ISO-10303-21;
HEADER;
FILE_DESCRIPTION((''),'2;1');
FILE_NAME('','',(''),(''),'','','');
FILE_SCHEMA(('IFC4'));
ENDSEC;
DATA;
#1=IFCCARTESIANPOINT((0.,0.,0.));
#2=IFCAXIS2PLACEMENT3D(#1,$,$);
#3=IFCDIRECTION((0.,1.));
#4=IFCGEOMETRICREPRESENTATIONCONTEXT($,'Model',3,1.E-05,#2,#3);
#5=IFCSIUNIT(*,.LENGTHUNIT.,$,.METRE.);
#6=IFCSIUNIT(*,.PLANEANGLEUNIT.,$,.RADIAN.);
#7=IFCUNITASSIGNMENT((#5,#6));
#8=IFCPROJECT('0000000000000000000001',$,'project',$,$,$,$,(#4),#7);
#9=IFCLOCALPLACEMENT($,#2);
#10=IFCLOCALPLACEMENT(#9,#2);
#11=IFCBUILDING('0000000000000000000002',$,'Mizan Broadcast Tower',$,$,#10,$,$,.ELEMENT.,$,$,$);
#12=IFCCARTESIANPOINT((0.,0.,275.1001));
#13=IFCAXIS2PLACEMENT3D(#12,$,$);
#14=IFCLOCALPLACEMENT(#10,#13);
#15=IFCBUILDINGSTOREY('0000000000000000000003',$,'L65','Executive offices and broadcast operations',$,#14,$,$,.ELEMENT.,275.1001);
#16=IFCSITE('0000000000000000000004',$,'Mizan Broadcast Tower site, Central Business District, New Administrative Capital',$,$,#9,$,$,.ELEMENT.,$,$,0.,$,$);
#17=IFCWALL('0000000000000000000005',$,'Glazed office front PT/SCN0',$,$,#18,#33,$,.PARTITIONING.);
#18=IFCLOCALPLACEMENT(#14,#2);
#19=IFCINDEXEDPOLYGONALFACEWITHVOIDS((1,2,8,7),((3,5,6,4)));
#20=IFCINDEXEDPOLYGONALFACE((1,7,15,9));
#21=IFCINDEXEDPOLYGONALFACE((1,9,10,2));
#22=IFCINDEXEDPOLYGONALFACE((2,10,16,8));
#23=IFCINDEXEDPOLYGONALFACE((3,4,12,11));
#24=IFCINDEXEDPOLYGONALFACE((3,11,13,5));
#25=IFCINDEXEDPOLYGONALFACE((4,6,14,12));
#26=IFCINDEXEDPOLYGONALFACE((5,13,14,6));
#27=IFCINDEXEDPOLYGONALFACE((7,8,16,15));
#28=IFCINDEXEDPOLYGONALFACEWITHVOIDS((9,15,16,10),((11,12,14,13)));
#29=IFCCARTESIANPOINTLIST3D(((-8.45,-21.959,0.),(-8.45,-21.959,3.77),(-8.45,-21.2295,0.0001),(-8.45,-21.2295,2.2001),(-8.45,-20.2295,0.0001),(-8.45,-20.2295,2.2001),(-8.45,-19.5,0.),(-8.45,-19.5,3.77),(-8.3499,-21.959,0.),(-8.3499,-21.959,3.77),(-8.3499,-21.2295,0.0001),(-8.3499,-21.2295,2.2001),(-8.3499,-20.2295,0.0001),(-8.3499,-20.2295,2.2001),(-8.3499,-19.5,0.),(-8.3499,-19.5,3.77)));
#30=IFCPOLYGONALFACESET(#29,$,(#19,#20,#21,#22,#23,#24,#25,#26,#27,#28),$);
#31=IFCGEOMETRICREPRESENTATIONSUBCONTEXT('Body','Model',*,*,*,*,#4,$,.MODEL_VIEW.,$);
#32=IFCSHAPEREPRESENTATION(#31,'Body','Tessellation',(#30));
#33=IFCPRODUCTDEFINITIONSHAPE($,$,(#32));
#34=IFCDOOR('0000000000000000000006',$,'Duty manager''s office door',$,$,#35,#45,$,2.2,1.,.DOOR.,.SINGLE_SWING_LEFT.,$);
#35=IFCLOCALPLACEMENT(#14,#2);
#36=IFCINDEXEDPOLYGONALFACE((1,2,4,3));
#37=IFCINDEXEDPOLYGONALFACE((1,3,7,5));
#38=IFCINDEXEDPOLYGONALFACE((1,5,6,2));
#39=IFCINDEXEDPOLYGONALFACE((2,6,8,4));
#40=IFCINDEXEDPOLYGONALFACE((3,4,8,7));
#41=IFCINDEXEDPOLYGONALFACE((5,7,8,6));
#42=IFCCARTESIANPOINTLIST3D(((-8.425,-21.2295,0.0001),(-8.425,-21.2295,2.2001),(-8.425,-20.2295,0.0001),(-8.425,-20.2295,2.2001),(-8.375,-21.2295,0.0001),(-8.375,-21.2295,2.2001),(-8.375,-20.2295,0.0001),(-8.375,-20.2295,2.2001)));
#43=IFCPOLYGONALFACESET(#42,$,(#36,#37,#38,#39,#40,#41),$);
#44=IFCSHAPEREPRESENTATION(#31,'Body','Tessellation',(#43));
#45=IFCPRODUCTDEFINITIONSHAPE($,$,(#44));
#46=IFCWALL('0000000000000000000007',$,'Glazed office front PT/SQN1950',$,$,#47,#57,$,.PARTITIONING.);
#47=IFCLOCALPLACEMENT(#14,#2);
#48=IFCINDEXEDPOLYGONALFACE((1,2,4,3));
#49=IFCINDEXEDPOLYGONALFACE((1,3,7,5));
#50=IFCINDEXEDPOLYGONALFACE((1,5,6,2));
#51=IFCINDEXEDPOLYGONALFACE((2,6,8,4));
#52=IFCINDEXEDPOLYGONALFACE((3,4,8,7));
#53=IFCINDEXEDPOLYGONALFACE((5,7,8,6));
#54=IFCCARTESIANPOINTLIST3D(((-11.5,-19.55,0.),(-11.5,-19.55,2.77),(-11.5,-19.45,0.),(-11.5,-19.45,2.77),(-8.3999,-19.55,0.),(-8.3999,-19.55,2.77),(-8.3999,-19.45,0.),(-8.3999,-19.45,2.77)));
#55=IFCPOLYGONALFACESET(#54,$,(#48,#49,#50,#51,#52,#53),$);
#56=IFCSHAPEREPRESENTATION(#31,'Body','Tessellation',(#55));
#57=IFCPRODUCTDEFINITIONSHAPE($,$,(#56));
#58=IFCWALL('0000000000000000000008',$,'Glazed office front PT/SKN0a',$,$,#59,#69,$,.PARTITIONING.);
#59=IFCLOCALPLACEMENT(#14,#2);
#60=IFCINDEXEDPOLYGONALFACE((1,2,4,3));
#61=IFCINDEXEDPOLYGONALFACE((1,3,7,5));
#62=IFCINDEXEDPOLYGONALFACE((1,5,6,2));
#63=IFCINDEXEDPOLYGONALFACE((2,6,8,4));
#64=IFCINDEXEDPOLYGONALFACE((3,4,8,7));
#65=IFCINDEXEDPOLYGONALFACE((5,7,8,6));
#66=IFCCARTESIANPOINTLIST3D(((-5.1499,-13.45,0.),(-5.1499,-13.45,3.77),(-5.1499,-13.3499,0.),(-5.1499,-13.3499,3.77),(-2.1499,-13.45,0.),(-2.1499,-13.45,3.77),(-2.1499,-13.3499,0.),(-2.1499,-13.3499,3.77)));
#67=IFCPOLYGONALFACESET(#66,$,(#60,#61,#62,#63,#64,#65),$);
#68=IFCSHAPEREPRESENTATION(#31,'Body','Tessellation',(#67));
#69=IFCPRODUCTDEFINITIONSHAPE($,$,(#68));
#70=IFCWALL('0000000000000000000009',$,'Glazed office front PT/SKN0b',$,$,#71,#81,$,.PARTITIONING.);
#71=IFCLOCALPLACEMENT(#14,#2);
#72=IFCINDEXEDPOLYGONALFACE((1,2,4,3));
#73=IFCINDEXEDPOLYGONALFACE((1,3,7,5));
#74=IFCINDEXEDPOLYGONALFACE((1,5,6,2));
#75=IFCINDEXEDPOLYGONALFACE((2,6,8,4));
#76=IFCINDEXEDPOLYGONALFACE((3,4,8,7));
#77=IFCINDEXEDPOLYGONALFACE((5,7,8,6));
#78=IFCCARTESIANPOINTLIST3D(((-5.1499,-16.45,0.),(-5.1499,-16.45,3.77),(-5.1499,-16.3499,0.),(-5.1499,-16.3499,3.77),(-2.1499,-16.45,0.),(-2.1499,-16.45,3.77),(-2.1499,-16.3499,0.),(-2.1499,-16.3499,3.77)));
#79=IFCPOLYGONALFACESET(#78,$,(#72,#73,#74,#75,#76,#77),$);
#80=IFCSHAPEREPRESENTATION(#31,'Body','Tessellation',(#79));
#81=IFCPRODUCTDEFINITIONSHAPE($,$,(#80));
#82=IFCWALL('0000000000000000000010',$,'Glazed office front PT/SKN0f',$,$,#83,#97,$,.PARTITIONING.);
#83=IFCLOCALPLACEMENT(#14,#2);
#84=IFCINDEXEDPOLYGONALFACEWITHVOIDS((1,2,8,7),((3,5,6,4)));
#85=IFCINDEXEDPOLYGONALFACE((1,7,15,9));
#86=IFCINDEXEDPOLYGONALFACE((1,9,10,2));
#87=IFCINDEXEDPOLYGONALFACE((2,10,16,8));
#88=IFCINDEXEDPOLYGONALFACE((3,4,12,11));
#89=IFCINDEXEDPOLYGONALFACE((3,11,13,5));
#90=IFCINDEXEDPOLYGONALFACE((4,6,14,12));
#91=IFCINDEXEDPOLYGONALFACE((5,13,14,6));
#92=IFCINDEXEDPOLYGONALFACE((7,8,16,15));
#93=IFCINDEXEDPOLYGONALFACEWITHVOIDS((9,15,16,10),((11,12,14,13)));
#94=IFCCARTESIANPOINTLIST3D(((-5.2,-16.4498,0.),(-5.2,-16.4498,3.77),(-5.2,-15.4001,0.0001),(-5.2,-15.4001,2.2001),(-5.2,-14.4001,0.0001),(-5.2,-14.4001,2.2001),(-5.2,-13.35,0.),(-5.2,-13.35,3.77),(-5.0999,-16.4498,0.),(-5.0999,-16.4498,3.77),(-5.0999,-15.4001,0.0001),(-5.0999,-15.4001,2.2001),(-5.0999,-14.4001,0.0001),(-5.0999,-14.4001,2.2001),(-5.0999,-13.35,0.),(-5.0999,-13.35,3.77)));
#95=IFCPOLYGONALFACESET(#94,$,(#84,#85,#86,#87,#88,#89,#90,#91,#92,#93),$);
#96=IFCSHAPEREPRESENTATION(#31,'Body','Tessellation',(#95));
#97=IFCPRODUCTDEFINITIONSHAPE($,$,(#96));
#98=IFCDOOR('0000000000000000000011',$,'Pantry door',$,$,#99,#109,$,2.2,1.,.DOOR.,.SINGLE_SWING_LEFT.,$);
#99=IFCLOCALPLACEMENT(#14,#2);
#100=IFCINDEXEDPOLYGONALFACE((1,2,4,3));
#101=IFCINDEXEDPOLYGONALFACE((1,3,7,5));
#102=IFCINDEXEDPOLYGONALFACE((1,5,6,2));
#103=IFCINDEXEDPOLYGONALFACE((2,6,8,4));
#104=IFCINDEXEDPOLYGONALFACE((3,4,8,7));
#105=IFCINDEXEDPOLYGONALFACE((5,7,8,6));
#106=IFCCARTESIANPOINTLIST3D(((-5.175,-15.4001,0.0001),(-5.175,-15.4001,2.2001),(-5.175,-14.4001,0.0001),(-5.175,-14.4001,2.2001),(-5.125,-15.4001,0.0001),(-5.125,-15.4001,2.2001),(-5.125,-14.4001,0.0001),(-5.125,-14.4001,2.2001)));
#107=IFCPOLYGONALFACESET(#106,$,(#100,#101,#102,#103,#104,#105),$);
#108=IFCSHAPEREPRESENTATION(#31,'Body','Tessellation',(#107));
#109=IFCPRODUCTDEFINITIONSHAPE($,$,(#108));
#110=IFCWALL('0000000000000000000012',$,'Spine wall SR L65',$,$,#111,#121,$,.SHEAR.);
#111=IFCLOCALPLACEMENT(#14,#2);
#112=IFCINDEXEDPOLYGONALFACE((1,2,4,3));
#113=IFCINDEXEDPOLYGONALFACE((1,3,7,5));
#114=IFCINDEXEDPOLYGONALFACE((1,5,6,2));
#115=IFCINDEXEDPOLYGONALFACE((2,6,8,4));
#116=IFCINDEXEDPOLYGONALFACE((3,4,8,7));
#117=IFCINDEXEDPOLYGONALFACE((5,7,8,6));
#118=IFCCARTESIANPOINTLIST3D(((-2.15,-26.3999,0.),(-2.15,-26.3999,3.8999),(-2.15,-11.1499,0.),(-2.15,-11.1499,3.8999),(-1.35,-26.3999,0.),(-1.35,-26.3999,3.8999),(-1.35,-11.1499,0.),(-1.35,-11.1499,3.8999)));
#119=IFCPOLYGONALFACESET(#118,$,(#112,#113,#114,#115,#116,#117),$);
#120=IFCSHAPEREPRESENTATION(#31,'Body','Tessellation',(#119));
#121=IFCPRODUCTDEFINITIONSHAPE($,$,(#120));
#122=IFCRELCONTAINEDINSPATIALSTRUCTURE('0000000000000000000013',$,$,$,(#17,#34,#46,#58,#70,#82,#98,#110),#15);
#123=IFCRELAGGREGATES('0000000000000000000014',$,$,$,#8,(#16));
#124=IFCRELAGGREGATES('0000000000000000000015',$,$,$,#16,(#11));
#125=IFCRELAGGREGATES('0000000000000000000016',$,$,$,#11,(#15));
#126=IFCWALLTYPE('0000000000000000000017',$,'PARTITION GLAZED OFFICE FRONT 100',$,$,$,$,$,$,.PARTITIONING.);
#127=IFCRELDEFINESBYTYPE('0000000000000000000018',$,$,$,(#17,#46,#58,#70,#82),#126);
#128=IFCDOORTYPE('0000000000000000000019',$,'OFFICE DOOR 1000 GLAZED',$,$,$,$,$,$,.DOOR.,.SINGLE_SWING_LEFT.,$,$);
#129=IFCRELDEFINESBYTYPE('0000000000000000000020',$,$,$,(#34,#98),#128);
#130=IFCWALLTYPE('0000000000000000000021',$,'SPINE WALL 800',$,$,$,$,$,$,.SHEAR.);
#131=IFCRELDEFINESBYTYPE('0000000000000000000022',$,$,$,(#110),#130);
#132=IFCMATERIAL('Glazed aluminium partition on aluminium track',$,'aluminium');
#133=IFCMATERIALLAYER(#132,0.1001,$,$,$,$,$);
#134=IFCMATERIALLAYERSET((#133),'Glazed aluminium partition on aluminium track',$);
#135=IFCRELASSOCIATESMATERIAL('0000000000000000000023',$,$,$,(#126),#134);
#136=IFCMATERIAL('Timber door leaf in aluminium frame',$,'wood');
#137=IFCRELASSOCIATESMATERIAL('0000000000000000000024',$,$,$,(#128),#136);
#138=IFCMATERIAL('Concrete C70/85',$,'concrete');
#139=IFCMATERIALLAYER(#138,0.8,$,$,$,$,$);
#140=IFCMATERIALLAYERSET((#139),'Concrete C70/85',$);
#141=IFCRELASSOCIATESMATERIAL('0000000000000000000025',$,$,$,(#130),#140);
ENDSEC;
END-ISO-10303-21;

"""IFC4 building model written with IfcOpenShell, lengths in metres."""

from ifc_helpers import new_model, si_unit, direction, frame, frame_2d, origin, place, context, subcontext, project, spatial, rectangle, extrude, material, layer, layer_set, type_object, element, fill, save


model = new_model("IFC4")

# Units and contexts
model_context = context("Model", 3, precision=1e-05, world=origin(), true_north=direction((0.0, 1.0)))
body_context = subcontext(model_context, "Body", "Model", "MODEL_VIEW")
ifc_project = project(units=[si_unit("LENGTHUNIT", "METRE"), si_unit("PLANEANGLEUNIT", "RADIAN")], contexts=[model_context])

# Site, building, storey
site_placement = place(None, origin())
site = spatial("IfcSite", under=ifc_project, at=site_placement, Name="Mizan Broadcast Tower site, Central Business District, New Administrative Capital", CompositionType="ELEMENT", RefElevation=0.0)
building_placement = place(site_placement, origin())
building = spatial("IfcBuilding", under=site, at=building_placement, Name="Mizan Broadcast Tower", CompositionType="ELEMENT")
storey_placement = place(building_placement, frame((0.0, 0.0, 275.1001)))
storey = spatial("IfcBuildingStorey", under=building, at=storey_placement, Name="L65", Description="Executive offices and broadcast operations", CompositionType="ELEMENT", Elevation=275.1001)

# Wall, opening, door
ifc_material_1 = material(Name="Glazed aluminium partition on aluminium track", Category="aluminium")
ifc_layer_1 = layer(ifc_material_1, 0.1001)
ifc_layer_set_1 = layer_set([ifc_layer_1], Name="Glazed aluminium partition on aluminium track")
wall_type_1 = type_object("IfcWallType", Name="PARTITION GLAZED OFFICE FRONT 100", PredefinedType="PARTITIONING", material=ifc_layer_set_1)
wall_1_placement = place(storey_placement, frame((-8.3999, -19.5, 0.0), z_axis=(0.0, 0.0, 1.0), x_axis=(0.0, -1.0, 0.0)))
wall_1 = element("IfcWall", 1, at=wall_1_placement, inside=storey, type_object=wall_type_1, Name="Glazed office front PT/SCN0", PredefinedType="PARTITIONING", context=body_context, shape_type="SweptSolid", body=[
    extrude(rectangle(XDim=2.459, YDim=0.1001, at=frame_2d((1.2295, 0.0))), origin(), (0.0, 0.0, 1.0), 3.77),
])
opening_1_placement = place(wall_1_placement, frame((0.7295, 0.0, 0.0)))
opening_1 = element("IfcOpeningElement", 2, at=opening_1_placement, cuts=wall_1, PredefinedType="OPENING", context=body_context, shape_type="SweptSolid", body=[
    extrude(rectangle(XDim=1.0, YDim=2.2, at=frame_2d((0.5, 1.1001))), frame((0.0, 0.0601, 0.0), z_axis=(0.0, -1.0, 0.0), x_axis=(1.0, 0.0, 0.0)), (0.0, 0.0, 1.0), 0.1201),
])
ifc_material_2 = material(Name="Timber door leaf in aluminium frame", Category="wood")
door_type_1 = type_object("IfcDoorType", Name="OFFICE DOOR 1000 GLAZED", OperationType="SINGLE_SWING_LEFT", PredefinedType="DOOR", material=ifc_material_2)
door_1_placement = place(opening_1_placement, origin())
door_1 = element("IfcDoor", 3, at=door_1_placement, inside=storey, type_object=door_type_1, Name="Duty manager's office door", OperationType="SINGLE_SWING_LEFT", OverallHeight=2.2, OverallWidth=1.0, PredefinedType="DOOR", context=body_context, shape_type="SweptSolid", body=[
    extrude(rectangle(XDim=1.0, YDim=2.2, at=frame_2d((0.5, 1.1001))), frame((0.0, 0.0249, 0.0), z_axis=(0.0, -1.0, 0.0), x_axis=(1.0, 0.0, 0.0)), (0.0, 0.0, 1.0), 0.05),
])
fill(opening_1, door_1)

# Walls
wall_2_placement = place(storey_placement, frame((-8.3999, -19.5, 0.0), z_axis=(0.0, 0.0, 1.0), x_axis=(-1.0, 0.0, 0.0)))
element("IfcWall", 4, at=wall_2_placement, inside=storey, type_object=wall_type_1, Name="Glazed office front PT/SQN1950", PredefinedType="PARTITIONING", context=body_context, shape_type="SweptSolid", body=[
    extrude(rectangle(XDim=3.1001, YDim=0.1001, at=frame_2d((1.55, 0.0))), origin(), (0.0, 0.0, 1.0), 2.77),
])
for number, where, z_axis, x_axis, name in (
    (5, (-2.1499, -13.3999, 0.0), (0.0, 0.0, 1.0), (-1.0, 0.0, 0.0), "Glazed office front PT/SKN0a"),
    (6, (-2.1499, -16.3999, 0.0), (0.0, 0.0, 1.0), (-1.0, 0.0, 0.0), "Glazed office front PT/SKN0b"),
):
    element("IfcWall", number, at=place(storey_placement, frame(where, z_axis=z_axis, x_axis=x_axis)), inside=storey, type_object=wall_type_1, Name=name, PredefinedType="PARTITIONING", context=body_context, shape_type="SweptSolid", body=[
        extrude(rectangle(XDim=3.0, YDim=0.1001, at=frame_2d((1.5, 0.0))), origin(), (0.0, 0.0, 1.0), 3.77),
    ])

# Wall, opening, door
wall_3_placement = place(storey_placement, frame((-5.1499, -13.3501, 0.0), z_axis=(0.0, 0.0, 1.0), x_axis=(0.0, -1.0, 0.0)))
wall_3 = element("IfcWall", 7, at=wall_3_placement, inside=storey, type_object=wall_type_1, Name="Glazed office front PT/SKN0f", PredefinedType="PARTITIONING", context=body_context, shape_type="SweptSolid", body=[
    extrude(rectangle(XDim=3.0999, YDim=0.1001, at=frame_2d((1.5498, 0.0))), origin(), (0.0, 0.0, 1.0), 3.77),
])
opening_2_placement = place(wall_3_placement, frame((1.05, 0.0, 0.0)))
opening_2 = element("IfcOpeningElement", 8, at=opening_2_placement, cuts=wall_3, PredefinedType="OPENING", context=body_context, shape_type="SweptSolid", body=[
    extrude(rectangle(XDim=1.0, YDim=2.2, at=frame_2d((0.5, 1.1001))), frame((0.0, 0.0601, 0.0), z_axis=(0.0, -1.0, 0.0), x_axis=(1.0, 0.0, 0.0)), (0.0, 0.0, 1.0), 0.1201),
])
door_2_placement = place(opening_2_placement, origin())
door_2 = element("IfcDoor", 9, at=door_2_placement, inside=storey, type_object=door_type_1, Name="Pantry door", OperationType="SINGLE_SWING_LEFT", OverallHeight=2.2, OverallWidth=1.0, PredefinedType="DOOR", context=body_context, shape_type="SweptSolid", body=[
    extrude(rectangle(XDim=1.0, YDim=2.2, at=frame_2d((0.5, 1.1001))), frame((0.0, 0.0249, 0.0), z_axis=(0.0, -1.0, 0.0), x_axis=(1.0, 0.0, 0.0)), (0.0, 0.0, 1.0), 0.05),
])
fill(opening_2, door_2)

# Wall
ifc_material_3 = material(Name="Concrete C70/85", Category="concrete")
ifc_layer_2 = layer(ifc_material_3, 0.8)
ifc_layer_set_2 = layer_set([ifc_layer_2], Name="Concrete C70/85")
wall_type_2 = type_object("IfcWallType", Name="SPINE WALL 800", PredefinedType="SHEAR", material=ifc_layer_set_2)
wall_4_placement = place(storey_placement, frame((-1.75, -11.1499, 0.0), z_axis=(0.0, 0.0, 1.0), x_axis=(0.0, -1.0, 0.0)))
element("IfcWall", 10, at=wall_4_placement, inside=storey, type_object=wall_type_2, Name="Spine wall SR L65", PredefinedType="SHEAR", context=body_context, shape_type="SweptSolid", body=[
    extrude(rectangle(XDim=15.25, YDim=0.8, at=frame_2d((7.625, 0.0))), origin(), (0.0, 0.0, 1.0), 3.8999),
])

save(model, "model.ifc")
